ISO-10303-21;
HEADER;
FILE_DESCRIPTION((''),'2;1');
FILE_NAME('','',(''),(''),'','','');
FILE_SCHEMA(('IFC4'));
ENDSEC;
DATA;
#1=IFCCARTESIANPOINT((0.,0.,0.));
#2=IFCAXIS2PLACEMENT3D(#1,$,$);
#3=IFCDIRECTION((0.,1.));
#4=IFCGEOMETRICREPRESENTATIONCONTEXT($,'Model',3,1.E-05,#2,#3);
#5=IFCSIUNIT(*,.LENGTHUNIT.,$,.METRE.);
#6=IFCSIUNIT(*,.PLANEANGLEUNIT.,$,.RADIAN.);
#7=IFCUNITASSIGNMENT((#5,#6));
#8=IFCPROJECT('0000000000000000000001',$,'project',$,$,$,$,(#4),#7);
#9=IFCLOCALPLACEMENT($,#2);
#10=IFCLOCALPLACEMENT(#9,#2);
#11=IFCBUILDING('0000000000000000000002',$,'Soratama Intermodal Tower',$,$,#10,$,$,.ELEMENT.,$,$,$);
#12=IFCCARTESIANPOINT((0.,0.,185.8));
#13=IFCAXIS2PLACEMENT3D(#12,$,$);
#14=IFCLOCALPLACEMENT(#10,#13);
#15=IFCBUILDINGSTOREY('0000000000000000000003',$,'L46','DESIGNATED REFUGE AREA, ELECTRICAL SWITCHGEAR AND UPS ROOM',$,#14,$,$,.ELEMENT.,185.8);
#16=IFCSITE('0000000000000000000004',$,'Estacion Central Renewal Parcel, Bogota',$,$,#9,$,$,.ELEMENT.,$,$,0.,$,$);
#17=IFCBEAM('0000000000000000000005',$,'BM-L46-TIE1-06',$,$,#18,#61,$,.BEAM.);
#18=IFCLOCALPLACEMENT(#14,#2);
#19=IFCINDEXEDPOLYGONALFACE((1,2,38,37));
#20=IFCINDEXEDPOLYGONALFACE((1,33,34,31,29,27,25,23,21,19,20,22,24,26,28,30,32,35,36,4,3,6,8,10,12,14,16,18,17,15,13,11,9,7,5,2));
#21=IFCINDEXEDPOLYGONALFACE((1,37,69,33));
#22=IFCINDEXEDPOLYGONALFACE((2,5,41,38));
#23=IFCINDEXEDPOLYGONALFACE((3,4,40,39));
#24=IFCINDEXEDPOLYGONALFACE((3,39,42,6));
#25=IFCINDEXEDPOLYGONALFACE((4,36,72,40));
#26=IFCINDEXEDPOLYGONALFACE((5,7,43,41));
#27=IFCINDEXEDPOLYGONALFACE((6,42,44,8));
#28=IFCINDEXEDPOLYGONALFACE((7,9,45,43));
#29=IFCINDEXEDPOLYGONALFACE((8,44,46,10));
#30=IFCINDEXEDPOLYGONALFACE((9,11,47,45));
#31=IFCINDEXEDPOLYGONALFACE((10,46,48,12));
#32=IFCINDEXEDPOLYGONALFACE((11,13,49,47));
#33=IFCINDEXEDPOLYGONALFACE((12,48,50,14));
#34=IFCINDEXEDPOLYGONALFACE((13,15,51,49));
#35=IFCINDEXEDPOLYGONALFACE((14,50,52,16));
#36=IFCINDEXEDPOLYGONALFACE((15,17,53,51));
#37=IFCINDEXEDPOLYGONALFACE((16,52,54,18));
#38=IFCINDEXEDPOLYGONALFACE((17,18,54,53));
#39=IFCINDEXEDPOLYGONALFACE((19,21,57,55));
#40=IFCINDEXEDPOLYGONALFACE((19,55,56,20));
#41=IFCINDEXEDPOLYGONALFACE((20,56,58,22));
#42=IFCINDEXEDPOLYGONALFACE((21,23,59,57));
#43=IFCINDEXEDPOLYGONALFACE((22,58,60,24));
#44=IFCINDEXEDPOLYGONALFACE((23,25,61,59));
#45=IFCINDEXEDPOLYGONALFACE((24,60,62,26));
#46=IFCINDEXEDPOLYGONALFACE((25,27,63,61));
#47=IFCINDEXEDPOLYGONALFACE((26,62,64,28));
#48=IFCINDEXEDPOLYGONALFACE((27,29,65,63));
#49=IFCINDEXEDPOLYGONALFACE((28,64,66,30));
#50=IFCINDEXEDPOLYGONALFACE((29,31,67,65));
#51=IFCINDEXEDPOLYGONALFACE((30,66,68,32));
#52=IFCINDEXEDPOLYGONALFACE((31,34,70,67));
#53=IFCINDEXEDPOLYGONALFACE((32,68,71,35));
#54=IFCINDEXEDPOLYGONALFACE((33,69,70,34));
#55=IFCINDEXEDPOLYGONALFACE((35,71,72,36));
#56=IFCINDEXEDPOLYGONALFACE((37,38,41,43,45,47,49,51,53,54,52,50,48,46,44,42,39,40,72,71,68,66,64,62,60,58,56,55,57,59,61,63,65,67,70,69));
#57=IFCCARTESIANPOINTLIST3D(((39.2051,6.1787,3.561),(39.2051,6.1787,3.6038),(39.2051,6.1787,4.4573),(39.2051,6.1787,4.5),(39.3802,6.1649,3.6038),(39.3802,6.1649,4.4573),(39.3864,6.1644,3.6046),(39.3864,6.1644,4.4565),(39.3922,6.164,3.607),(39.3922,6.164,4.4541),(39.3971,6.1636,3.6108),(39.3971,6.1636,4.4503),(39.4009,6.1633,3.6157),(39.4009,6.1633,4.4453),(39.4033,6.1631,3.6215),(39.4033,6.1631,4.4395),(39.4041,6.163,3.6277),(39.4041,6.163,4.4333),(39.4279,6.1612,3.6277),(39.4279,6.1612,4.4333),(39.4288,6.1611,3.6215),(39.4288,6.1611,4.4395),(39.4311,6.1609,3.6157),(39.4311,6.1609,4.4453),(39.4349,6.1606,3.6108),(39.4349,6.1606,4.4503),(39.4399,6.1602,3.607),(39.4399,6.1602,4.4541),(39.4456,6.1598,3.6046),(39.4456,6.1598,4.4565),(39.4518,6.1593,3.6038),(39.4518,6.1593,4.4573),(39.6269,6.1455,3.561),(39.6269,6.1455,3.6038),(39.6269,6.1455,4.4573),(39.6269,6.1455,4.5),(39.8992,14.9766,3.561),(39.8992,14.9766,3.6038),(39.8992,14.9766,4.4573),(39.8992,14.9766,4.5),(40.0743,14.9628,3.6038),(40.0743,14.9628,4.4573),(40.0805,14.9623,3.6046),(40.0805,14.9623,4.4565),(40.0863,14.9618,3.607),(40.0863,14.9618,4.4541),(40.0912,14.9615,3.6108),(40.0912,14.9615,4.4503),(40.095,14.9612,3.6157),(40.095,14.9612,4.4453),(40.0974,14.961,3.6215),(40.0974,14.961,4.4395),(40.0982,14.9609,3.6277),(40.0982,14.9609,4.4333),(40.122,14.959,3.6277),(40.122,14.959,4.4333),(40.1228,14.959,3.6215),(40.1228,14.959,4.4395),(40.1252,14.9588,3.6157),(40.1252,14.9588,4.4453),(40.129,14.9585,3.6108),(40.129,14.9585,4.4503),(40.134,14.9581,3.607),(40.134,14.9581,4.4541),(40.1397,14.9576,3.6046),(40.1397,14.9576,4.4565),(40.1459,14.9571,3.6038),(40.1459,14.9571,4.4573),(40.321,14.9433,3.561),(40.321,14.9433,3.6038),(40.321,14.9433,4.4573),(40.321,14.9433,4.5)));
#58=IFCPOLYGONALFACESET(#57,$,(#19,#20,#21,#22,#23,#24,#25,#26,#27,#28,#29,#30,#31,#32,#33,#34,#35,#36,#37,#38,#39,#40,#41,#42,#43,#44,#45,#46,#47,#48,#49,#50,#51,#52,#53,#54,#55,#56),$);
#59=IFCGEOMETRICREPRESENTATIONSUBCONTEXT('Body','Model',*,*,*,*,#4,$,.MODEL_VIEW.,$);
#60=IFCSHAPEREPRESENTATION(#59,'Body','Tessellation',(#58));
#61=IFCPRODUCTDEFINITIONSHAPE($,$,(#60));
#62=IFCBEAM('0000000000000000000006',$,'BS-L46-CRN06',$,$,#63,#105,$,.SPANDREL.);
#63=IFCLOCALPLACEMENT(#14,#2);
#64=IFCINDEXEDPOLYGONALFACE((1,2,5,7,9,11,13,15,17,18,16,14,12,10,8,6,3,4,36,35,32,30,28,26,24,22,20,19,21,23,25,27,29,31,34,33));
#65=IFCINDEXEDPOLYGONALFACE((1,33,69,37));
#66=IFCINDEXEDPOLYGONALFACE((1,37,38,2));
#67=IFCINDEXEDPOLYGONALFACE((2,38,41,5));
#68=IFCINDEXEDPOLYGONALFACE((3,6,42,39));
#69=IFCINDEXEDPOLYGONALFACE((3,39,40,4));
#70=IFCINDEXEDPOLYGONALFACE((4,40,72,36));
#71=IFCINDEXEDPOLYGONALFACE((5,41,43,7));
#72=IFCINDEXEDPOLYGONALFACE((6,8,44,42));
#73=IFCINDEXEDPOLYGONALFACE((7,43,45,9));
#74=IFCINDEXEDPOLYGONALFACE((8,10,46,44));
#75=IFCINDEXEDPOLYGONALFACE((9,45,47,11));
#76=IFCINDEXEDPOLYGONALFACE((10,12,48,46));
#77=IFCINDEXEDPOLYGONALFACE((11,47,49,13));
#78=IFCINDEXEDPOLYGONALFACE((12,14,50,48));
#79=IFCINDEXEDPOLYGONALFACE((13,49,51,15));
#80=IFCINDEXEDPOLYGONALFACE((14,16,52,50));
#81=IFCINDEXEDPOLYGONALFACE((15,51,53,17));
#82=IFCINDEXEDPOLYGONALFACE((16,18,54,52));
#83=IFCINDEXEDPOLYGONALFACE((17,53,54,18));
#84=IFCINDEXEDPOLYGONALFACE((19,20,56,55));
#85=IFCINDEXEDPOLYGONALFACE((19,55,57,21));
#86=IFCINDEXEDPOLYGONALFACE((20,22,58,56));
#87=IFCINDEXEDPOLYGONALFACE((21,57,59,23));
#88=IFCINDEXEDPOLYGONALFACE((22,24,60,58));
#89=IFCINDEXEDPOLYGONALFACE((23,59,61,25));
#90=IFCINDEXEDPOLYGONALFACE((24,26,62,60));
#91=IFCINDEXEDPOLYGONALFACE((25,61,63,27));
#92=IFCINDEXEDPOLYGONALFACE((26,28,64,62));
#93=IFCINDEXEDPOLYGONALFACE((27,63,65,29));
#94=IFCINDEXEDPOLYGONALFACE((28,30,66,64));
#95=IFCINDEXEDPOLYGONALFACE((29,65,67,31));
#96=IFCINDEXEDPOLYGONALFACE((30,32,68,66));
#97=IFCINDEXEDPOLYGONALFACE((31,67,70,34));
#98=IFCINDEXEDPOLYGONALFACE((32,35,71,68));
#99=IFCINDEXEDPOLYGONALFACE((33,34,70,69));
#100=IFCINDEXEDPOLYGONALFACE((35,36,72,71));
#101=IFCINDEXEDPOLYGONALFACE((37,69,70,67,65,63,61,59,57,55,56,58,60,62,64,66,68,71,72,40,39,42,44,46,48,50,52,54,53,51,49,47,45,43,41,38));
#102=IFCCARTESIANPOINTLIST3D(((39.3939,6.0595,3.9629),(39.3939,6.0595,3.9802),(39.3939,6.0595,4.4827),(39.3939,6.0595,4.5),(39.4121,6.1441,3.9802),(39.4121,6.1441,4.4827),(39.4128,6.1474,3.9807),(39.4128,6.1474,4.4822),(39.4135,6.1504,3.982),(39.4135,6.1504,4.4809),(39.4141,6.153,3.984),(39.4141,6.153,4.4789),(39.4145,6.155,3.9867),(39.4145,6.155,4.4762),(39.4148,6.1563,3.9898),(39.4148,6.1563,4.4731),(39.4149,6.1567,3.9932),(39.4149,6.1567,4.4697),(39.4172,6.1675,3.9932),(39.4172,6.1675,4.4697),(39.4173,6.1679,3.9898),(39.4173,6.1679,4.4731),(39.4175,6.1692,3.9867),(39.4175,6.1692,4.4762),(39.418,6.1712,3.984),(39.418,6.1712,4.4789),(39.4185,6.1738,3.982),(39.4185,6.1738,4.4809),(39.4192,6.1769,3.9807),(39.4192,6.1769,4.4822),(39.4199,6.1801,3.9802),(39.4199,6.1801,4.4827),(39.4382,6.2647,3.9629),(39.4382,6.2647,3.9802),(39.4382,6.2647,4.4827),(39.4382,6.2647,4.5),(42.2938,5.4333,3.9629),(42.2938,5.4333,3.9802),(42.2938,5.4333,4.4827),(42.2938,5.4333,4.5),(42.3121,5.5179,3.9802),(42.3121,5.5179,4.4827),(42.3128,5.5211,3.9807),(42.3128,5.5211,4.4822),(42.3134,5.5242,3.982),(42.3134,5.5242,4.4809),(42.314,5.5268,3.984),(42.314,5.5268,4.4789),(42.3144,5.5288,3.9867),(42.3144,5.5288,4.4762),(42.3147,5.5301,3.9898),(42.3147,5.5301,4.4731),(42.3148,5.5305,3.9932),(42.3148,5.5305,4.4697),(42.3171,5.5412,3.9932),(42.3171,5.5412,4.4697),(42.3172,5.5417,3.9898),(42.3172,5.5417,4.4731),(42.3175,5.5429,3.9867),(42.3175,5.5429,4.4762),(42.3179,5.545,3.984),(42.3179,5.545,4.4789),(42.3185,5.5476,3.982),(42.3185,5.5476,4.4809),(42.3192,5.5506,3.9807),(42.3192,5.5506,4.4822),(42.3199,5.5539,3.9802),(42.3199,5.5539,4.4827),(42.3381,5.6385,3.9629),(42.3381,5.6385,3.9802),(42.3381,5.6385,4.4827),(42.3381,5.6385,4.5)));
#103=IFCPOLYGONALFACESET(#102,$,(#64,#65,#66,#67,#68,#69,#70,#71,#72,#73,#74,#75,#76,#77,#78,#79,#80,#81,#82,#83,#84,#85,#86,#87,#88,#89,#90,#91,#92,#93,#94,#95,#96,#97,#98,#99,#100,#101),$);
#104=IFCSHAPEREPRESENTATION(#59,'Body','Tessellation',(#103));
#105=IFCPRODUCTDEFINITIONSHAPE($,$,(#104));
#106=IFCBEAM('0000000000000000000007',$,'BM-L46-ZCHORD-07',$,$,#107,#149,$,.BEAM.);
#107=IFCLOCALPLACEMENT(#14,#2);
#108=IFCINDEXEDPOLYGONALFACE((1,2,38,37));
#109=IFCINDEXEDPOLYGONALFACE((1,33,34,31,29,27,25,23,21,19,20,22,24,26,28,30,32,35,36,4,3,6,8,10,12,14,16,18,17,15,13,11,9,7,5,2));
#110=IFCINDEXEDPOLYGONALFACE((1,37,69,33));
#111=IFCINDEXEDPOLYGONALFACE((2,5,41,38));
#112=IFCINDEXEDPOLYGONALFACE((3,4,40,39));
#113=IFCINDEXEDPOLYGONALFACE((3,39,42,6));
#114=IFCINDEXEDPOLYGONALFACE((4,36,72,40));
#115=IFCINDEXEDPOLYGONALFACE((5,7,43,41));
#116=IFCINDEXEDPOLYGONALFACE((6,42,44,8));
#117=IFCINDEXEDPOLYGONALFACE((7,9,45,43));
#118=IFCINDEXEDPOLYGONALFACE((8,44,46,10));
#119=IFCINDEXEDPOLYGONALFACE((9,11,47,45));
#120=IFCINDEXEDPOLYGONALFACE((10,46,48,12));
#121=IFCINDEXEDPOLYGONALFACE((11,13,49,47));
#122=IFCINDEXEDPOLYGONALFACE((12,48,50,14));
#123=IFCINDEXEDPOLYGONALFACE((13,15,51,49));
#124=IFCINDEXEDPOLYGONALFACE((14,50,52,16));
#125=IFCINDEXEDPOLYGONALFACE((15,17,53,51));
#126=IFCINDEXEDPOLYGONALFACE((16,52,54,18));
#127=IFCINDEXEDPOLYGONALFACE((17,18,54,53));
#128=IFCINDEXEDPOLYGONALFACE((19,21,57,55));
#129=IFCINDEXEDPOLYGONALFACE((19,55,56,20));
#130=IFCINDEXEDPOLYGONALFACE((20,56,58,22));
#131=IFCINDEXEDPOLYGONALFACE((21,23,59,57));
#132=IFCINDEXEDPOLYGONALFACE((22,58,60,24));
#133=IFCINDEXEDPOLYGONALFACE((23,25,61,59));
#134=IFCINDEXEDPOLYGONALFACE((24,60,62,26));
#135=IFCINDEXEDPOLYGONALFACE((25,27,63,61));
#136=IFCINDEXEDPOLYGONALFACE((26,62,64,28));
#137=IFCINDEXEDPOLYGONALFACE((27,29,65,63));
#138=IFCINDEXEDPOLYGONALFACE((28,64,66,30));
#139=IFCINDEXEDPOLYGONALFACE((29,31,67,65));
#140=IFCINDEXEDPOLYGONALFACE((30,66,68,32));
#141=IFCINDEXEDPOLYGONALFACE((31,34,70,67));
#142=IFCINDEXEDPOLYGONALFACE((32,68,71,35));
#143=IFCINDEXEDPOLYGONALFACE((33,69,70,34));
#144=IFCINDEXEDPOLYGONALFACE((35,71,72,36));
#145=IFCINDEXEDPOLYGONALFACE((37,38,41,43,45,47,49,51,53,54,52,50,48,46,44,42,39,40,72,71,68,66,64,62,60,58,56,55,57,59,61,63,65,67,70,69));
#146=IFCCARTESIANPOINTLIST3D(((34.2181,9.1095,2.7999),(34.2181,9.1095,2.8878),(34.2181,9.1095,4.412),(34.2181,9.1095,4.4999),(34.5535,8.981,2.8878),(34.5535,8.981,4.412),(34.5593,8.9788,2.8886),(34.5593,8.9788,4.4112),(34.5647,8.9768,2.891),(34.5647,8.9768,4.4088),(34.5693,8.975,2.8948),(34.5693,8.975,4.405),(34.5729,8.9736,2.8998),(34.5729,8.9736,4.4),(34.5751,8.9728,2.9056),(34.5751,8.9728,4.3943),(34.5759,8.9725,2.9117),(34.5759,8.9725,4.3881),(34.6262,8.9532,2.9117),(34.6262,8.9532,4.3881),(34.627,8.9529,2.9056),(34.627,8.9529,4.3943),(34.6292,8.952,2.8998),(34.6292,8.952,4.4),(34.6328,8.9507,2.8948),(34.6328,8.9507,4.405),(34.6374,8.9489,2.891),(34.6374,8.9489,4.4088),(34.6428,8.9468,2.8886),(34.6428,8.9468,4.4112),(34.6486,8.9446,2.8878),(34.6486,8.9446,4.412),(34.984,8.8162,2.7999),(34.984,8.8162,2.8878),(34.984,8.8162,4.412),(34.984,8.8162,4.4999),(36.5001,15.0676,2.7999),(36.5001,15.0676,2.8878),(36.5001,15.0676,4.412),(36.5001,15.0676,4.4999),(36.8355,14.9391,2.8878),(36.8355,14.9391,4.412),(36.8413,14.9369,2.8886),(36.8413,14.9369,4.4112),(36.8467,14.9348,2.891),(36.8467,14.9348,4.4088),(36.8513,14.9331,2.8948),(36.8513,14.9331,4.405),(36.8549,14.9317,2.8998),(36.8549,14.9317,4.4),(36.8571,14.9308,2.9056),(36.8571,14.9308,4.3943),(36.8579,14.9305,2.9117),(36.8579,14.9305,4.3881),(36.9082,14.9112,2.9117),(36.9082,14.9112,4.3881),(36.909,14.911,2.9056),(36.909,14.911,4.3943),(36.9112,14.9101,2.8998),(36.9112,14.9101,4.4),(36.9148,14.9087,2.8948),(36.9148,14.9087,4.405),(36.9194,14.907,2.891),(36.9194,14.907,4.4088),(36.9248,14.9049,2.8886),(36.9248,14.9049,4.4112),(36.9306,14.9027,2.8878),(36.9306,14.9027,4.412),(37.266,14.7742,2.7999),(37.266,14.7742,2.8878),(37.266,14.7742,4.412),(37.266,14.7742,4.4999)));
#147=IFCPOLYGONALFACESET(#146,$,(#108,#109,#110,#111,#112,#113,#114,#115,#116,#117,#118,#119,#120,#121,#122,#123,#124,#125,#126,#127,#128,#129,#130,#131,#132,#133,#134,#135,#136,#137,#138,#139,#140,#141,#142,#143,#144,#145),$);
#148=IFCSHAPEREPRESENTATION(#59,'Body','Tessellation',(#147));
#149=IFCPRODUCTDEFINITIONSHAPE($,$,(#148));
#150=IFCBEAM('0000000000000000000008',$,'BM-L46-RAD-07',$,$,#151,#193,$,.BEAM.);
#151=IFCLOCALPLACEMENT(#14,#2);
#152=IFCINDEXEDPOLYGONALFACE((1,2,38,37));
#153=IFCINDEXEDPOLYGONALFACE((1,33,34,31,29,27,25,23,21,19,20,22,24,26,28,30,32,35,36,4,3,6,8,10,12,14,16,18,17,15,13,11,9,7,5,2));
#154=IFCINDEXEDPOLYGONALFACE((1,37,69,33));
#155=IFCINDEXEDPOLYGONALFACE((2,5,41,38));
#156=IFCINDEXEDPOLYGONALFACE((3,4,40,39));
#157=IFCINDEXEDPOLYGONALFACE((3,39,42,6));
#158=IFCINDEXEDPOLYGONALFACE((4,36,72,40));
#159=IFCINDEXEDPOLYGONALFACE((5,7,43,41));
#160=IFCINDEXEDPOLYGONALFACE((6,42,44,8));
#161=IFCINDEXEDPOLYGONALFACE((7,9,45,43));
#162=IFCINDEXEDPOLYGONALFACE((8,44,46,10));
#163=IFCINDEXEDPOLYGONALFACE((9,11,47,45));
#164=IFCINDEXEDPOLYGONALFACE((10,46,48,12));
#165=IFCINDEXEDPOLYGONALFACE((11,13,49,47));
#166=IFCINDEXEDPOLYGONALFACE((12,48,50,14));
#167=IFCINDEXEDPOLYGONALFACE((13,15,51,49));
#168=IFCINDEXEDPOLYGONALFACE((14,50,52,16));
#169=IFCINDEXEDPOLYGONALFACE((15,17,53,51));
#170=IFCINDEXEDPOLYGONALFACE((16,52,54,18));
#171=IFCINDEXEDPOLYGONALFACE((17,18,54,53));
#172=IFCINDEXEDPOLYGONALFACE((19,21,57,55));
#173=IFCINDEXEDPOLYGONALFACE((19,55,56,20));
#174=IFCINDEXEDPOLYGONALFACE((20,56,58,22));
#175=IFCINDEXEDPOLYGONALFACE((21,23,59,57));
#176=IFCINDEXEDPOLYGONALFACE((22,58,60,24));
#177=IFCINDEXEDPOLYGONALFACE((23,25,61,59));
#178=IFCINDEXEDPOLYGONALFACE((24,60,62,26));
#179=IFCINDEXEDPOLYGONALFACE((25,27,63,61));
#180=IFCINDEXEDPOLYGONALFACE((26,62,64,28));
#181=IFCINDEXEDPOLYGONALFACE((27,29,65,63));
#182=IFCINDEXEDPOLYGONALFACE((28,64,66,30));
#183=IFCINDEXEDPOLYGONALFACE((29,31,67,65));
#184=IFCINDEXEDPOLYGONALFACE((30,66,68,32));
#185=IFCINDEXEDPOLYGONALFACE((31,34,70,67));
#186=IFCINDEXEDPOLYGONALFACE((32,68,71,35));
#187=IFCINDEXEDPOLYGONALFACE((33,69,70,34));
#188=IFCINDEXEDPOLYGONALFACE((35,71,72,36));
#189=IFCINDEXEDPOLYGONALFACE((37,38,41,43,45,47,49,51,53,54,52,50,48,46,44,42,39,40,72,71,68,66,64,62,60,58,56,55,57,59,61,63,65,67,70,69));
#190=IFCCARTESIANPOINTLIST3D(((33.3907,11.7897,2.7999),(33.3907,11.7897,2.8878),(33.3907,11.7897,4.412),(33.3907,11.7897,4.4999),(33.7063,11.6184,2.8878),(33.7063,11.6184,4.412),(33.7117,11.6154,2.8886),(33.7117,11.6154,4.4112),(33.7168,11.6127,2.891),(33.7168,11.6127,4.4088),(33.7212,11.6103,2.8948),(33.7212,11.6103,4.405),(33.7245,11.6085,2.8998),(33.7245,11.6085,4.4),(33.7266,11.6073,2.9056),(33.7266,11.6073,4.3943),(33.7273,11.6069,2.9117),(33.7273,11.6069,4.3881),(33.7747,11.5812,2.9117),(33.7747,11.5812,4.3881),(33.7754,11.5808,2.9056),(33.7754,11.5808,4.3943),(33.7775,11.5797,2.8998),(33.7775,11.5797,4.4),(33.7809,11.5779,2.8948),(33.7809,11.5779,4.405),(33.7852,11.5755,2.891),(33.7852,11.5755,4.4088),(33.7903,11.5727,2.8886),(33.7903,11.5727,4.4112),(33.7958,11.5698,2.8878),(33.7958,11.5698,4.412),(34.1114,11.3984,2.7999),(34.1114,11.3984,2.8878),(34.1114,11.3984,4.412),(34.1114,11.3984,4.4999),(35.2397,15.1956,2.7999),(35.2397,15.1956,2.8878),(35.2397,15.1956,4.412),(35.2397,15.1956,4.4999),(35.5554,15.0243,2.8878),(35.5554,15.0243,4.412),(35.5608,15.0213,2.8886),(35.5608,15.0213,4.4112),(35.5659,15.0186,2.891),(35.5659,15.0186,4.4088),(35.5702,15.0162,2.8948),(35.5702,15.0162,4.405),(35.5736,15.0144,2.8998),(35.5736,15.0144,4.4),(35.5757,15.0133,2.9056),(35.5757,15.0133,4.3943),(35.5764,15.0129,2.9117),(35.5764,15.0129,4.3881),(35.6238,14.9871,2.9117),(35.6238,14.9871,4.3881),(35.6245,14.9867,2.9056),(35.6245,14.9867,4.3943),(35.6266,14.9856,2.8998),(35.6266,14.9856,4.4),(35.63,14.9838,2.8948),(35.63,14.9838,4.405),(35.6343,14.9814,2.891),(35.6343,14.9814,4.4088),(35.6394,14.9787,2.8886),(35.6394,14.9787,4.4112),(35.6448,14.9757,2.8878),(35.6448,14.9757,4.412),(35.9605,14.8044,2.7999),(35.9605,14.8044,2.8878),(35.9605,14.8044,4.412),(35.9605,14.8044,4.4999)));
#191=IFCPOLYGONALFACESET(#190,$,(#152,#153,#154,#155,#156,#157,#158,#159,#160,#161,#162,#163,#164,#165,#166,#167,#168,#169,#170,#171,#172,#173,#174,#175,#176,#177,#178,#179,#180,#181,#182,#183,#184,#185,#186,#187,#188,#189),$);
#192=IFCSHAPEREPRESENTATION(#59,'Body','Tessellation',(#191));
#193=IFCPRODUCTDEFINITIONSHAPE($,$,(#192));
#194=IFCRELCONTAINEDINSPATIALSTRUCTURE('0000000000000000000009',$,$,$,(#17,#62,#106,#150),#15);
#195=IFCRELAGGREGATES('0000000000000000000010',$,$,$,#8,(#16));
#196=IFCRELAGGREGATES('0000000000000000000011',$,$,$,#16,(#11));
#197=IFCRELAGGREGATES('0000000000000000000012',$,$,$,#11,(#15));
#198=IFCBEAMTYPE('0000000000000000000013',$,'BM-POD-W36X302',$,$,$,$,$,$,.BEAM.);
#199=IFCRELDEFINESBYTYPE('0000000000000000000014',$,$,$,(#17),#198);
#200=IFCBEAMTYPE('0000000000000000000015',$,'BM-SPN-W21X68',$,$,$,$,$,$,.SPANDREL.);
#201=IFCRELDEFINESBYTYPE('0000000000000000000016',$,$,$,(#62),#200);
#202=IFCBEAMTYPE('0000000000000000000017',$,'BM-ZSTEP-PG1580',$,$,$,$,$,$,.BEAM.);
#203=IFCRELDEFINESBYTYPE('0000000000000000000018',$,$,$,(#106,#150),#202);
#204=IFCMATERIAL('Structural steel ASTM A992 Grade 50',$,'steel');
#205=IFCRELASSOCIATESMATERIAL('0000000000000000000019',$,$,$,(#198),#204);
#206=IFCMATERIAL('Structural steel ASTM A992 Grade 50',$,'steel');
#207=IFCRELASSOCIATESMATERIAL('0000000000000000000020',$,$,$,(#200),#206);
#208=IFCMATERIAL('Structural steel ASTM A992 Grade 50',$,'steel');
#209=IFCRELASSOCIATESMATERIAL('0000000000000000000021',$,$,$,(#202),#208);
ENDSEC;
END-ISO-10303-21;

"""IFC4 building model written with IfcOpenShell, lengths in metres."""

from ifc_helpers import new_model, si_unit, direction, frame, origin, origin_2d, place, context, subcontext, project, spatial, i_section, extrude, material, material_profile, profile_set, type_object, element, save


model = new_model("IFC4")

# Units and contexts
model_context = context("Model", 3, precision=1e-05, world=origin(), true_north=direction((0.0, 1.0)))
body_context = subcontext(model_context, "Body", "Model", "MODEL_VIEW")
ifc_project = project(units=[si_unit("LENGTHUNIT", "METRE"), si_unit("PLANEANGLEUNIT", "RADIAN")], contexts=[model_context])

# Site, building, storey
site_placement = place(None, origin())
site = spatial("IfcSite", under=ifc_project, at=site_placement, Name="Estacion Central Renewal Parcel, Bogota", CompositionType="ELEMENT", RefElevation=0.0)
building_placement = place(site_placement, origin())
building = spatial("IfcBuilding", under=site, at=building_placement, Name="Soratama Intermodal Tower", CompositionType="ELEMENT")
storey_placement = place(building_placement, frame((0.0, 0.0, 185.8)))
storey = spatial("IfcBuildingStorey", under=building, at=storey_placement, Name="L46", Description="DESIGNATED REFUGE AREA, ELECTRICAL SWITCHGEAR AND UPS ROOM", CompositionType="ELEMENT", Elevation=185.8)

# Beams
ifc_material_1 = material(Name="Structural steel ASTM A992 Grade 50", Category="steel")
ifc_material_profile_1 = material_profile(ifc_material_1, i_section(OverallWidth=0.4231, OverallDepth=0.939, WebThickness=0.0239, FlangeThickness=0.0427, FilletRadius=0.0239, at=origin_2d()), Name="W36X302")
ifc_profile_set_1 = profile_set([ifc_material_profile_1], Name="Structural steel ASTM A992 Grade 50")
beam_type_1 = type_object("IfcBeamType", Name="BM-POD-W36X302", PredefinedType="BEAM", material=ifc_profile_set_1)
beam_1_placement = place(storey_placement, frame((40.1101, 14.96, 4.0305), z_axis=(-0.078649, -0.996902, 0.0), x_axis=(0.996902, -0.078649, 0.0)))
element("IfcBeam", 1, at=beam_1_placement, inside=storey, type_object=beam_type_1, Name="BM-L46-TIE1-06", PredefinedType="BEAM", context=body_context, shape_type="SweptSolid", body=[
    extrude(i_section(OverallWidth=0.4231, OverallDepth=0.939, WebThickness=0.0239, FlangeThickness=0.0427, FilletRadius=0.0239, at=origin_2d()), origin(), (0.0, 0.0, 1.0), 8.8252),
])
ifc_material_2 = material(Name="Structural steel ASTM A992 Grade 50", Category="steel")
ifc_material_profile_2 = material_profile(ifc_material_2, i_section(OverallWidth=0.21, OverallDepth=0.5371, WebThickness=0.011, FlangeThickness=0.0173, FilletRadius=0.0129, at=origin_2d()), Name="W21X68")
ifc_profile_set_2 = profile_set([ifc_material_profile_2], Name="Structural steel ASTM A992 Grade 50")
beam_type_2 = type_object("IfcBeamType", Name="BM-SPN-W21X68", PredefinedType="SPANDREL", material=ifc_profile_set_2)
beam_2_placement = place(storey_placement, frame((39.416, 6.1621, 4.2314), z_axis=(0.977469, -0.21108, 0.0), x_axis=(0.21108, 0.977469, 0.0)))
element("IfcBeam", 2, at=beam_2_placement, inside=storey, type_object=beam_type_2, Name="BS-L46-CRN06", PredefinedType="SPANDREL", context=body_context, shape_type="SweptSolid", body=[
    extrude(i_section(OverallWidth=0.21, OverallDepth=0.5371, WebThickness=0.011, FlangeThickness=0.0173, FilletRadius=0.0129, at=origin_2d()), origin(), (0.0, 0.0, 1.0), 2.9668),
])
ifc_material_3 = material(Name="Structural steel ASTM A992 Grade 50", Category="steel")
ifc_material_profile_3 = material_profile(ifc_material_3, i_section(OverallWidth=0.8201, OverallDepth=1.7, WebThickness=0.054, FlangeThickness=0.0879, FilletRadius=0.0239, at=origin_2d()), Name="PG1580X800")
ifc_profile_set_3 = profile_set([ifc_material_profile_3], Name="Structural steel ASTM A992 Grade 50")
beam_type_3 = type_object("IfcBeamType", Name="BM-ZSTEP-PG1580", PredefinedType="BEAM", material=ifc_profile_set_3)
beam_3_placement = place(storey_placement, frame((36.8831, 14.9209, 3.6499), z_axis=(-0.357674, -0.933847, 0.0), x_axis=(0.933847, -0.357674, 0.0)))
element("IfcBeam", 3, at=beam_3_placement, inside=storey, type_object=beam_type_3, Name="BM-L46-ZCHORD-07", PredefinedType="BEAM", context=body_context, shape_type="SweptSolid", body=[
    extrude(i_section(OverallWidth=0.8201, OverallDepth=1.7, WebThickness=0.054, FlangeThickness=0.0879, FilletRadius=0.0239, at=origin_2d()), origin(), (0.0, 0.0, 1.0), 6.3801),
])
beam_4_placement = place(storey_placement, frame((35.6001, 15.0, 3.6499), z_axis=(-0.477121, -0.878838, 0.0), x_axis=(0.878838, -0.477121, 0.0)))
element("IfcBeam", 4, at=beam_4_placement, inside=storey, type_object=beam_type_3, Name="BM-L46-RAD-07", PredefinedType="BEAM", context=body_context, shape_type="SweptSolid", body=[
    extrude(i_section(OverallWidth=0.8201, OverallDepth=1.7, WebThickness=0.054, FlangeThickness=0.0879, FilletRadius=0.0239, at=origin_2d()), origin(), (0.0, 0.0, 1.0), 3.8755),
])

save(model, "model.ifc")
